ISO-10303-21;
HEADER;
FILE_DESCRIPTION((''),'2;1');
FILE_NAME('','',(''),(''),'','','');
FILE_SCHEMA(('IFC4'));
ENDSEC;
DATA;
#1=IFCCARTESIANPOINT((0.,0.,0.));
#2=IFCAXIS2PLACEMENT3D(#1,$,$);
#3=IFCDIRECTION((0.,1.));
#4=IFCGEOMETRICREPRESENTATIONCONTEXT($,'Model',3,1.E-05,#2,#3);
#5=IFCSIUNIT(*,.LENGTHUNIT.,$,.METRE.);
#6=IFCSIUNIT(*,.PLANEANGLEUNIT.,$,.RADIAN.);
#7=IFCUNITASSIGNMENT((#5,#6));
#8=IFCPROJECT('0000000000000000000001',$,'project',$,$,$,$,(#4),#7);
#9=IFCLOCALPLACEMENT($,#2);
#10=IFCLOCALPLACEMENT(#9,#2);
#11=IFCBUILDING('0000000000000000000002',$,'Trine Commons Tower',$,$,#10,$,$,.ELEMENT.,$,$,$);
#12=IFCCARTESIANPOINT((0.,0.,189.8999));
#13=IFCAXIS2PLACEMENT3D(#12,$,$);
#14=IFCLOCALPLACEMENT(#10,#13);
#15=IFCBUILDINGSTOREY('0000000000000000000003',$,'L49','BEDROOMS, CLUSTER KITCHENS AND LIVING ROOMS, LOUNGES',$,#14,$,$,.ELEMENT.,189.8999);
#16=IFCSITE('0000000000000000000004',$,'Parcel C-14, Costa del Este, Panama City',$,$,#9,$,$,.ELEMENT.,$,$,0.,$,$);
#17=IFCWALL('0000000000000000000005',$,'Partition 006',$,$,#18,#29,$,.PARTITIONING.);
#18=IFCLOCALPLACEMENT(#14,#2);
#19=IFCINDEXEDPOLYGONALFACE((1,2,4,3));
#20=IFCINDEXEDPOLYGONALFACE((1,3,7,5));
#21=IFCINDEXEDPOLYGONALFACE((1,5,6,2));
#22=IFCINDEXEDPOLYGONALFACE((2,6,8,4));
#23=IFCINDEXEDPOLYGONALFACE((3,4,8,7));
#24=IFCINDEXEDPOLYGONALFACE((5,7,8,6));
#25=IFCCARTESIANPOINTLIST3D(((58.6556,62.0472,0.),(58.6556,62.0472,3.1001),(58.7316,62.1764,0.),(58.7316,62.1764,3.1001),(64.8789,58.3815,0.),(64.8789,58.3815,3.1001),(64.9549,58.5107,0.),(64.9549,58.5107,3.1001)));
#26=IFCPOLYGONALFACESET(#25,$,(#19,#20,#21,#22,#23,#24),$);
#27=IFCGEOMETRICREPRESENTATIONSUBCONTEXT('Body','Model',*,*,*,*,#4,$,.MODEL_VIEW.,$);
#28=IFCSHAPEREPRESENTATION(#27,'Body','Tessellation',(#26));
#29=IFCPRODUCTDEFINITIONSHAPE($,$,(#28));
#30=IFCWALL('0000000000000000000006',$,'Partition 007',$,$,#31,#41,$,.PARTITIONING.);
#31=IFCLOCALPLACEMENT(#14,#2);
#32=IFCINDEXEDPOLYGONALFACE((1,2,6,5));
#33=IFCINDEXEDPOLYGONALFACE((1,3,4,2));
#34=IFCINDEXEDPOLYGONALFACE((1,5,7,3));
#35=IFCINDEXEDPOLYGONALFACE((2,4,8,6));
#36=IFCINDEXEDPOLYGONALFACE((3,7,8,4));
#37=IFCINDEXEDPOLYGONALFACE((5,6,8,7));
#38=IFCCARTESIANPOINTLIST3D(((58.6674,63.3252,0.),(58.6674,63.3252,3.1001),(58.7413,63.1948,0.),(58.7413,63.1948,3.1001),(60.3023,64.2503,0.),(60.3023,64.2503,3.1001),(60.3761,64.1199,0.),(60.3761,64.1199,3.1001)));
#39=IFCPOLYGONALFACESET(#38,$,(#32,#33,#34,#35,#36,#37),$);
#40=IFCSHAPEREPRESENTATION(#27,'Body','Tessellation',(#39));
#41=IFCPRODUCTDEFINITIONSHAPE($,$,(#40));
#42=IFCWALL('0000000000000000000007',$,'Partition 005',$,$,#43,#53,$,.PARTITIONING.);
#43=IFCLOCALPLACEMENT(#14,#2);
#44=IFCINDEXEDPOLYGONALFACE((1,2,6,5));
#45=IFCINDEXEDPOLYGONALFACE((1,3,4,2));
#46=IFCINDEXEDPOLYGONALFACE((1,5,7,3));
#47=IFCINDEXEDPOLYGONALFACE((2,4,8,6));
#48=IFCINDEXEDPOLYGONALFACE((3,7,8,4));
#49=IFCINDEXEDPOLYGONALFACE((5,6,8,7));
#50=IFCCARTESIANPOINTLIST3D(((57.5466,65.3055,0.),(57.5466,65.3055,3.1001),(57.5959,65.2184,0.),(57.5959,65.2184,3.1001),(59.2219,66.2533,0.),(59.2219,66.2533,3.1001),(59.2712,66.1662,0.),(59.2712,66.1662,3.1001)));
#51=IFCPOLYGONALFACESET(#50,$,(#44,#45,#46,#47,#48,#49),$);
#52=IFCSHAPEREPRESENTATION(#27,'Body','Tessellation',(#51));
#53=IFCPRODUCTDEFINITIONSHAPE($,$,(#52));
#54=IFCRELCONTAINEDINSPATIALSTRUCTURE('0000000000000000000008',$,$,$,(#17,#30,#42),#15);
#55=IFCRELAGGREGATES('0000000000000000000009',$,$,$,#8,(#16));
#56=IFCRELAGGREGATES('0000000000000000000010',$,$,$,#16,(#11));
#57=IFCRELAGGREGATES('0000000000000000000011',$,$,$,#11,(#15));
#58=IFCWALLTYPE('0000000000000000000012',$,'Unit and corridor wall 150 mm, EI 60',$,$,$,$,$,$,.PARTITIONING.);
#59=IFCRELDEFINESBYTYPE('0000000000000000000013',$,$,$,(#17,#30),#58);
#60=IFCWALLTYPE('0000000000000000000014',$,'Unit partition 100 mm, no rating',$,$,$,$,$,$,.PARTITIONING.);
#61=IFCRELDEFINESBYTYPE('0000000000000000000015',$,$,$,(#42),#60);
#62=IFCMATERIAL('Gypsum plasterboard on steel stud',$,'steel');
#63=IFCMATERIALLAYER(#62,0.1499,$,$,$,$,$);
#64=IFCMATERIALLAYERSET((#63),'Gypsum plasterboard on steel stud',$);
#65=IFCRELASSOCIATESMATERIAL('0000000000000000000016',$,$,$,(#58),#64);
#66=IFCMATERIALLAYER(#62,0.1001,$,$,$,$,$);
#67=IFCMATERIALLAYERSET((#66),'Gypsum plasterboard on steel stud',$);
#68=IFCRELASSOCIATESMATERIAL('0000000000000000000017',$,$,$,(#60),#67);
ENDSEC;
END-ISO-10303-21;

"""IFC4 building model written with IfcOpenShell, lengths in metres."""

from ifc_helpers import new_model, si_unit, direction, frame, frame_2d, origin, place, context, subcontext, project, spatial, rectangle, extrude, material, layer, layer_set, type_object, element, save


model = new_model("IFC4")

# Units and contexts
model_context = context("Model", 3, precision=1e-05, world=origin(), true_north=direction((0.0, 1.0)))
body_context = subcontext(model_context, "Body", "Model", "MODEL_VIEW")
ifc_project = project(units=[si_unit("LENGTHUNIT", "METRE"), si_unit("PLANEANGLEUNIT", "RADIAN")], contexts=[model_context])

# Site, building, storey
site_placement = place(None, origin())
site = spatial("IfcSite", under=ifc_project, at=site_placement, Name="Parcel C-14, Costa del Este, Panama City", CompositionType="ELEMENT", RefElevation=0.0)
building_placement = place(site_placement, origin())
building = spatial("IfcBuilding", under=site, at=building_placement, Name="Trine Commons Tower", CompositionType="ELEMENT")
storey_placement = place(building_placement, frame((0.0, 0.0, 189.8999)))
storey = spatial("IfcBuildingStorey", under=building, at=storey_placement, Name="L49", Description="BEDROOMS, CLUSTER KITCHENS AND LIVING ROOMS, LOUNGES", CompositionType="ELEMENT", Elevation=189.8999)

# Shared definitions
ifc_material_1 = material(Name="Gypsum plasterboard on steel stud", Category="steel")
ifc_layer_1 = layer(ifc_material_1, 0.1499)
ifc_layer_set_1 = layer_set([ifc_layer_1], Name="Gypsum plasterboard on steel stud")
wall_type_1 = type_object("IfcWallType", Name="Unit and corridor wall 150 mm, EI 60", PredefinedType="PARTITIONING", material=ifc_layer_set_1)

# Walls
wall_1_placement = place(storey_placement, frame((58.6936, 62.1118, 0.0), z_axis=(0.0, 0.0, 1.0), x_axis=(0.861634, -0.50753, 0.0)))
element("IfcWall", 1, at=wall_1_placement, inside=storey, type_object=wall_type_1, Name="Partition 006", PredefinedType="PARTITIONING", context=body_context, shape_type="SweptSolid", body=[
    extrude(rectangle(XDim=7.2227, YDim=0.1499, at=frame_2d((3.6113, 0.0))), origin(), (0.0, 0.0, 1.0), 3.1001),
])
wall_2_placement = place(storey_placement, frame((58.7043, 63.26, 0.0), z_axis=(0.0, 0.0, 1.0), x_axis=(0.870323, 0.492481, 0.0)))
element("IfcWall", 2, at=wall_2_placement, inside=storey, type_object=wall_type_1, Name="Partition 007", PredefinedType="PARTITIONING", context=body_context, shape_type="SweptSolid", body=[
    extrude(rectangle(XDim=1.8784, YDim=0.1499, at=frame_2d((0.9392, 0.0))), origin(), (0.0, 0.0, 1.0), 3.1001),
])
ifc_layer_2 = layer(ifc_material_1, 0.1001)
ifc_layer_set_2 = layer_set([ifc_layer_2], Name="Gypsum plasterboard on steel stud")
wall_type_2 = type_object("IfcWallType", Name="Unit partition 100 mm, no rating", PredefinedType="PARTITIONING", material=ifc_layer_set_2)
wall_3_placement = place(storey_placement, frame((57.5713, 65.262, 0.0), z_axis=(0.0, 0.0, 1.0), x_axis=(0.870374, 0.492392, 0.0)))
element("IfcWall", 3, at=wall_3_placement, inside=storey, type_object=wall_type_2, Name="Partition 005", PredefinedType="PARTITIONING", context=body_context, shape_type="SweptSolid", body=[
    extrude(rectangle(XDim=1.9248, YDim=0.1001, at=frame_2d((0.9624, 0.0))), origin(), (0.0, 0.0, 1.0), 3.1001),
])

save(model, "model.ifc")
